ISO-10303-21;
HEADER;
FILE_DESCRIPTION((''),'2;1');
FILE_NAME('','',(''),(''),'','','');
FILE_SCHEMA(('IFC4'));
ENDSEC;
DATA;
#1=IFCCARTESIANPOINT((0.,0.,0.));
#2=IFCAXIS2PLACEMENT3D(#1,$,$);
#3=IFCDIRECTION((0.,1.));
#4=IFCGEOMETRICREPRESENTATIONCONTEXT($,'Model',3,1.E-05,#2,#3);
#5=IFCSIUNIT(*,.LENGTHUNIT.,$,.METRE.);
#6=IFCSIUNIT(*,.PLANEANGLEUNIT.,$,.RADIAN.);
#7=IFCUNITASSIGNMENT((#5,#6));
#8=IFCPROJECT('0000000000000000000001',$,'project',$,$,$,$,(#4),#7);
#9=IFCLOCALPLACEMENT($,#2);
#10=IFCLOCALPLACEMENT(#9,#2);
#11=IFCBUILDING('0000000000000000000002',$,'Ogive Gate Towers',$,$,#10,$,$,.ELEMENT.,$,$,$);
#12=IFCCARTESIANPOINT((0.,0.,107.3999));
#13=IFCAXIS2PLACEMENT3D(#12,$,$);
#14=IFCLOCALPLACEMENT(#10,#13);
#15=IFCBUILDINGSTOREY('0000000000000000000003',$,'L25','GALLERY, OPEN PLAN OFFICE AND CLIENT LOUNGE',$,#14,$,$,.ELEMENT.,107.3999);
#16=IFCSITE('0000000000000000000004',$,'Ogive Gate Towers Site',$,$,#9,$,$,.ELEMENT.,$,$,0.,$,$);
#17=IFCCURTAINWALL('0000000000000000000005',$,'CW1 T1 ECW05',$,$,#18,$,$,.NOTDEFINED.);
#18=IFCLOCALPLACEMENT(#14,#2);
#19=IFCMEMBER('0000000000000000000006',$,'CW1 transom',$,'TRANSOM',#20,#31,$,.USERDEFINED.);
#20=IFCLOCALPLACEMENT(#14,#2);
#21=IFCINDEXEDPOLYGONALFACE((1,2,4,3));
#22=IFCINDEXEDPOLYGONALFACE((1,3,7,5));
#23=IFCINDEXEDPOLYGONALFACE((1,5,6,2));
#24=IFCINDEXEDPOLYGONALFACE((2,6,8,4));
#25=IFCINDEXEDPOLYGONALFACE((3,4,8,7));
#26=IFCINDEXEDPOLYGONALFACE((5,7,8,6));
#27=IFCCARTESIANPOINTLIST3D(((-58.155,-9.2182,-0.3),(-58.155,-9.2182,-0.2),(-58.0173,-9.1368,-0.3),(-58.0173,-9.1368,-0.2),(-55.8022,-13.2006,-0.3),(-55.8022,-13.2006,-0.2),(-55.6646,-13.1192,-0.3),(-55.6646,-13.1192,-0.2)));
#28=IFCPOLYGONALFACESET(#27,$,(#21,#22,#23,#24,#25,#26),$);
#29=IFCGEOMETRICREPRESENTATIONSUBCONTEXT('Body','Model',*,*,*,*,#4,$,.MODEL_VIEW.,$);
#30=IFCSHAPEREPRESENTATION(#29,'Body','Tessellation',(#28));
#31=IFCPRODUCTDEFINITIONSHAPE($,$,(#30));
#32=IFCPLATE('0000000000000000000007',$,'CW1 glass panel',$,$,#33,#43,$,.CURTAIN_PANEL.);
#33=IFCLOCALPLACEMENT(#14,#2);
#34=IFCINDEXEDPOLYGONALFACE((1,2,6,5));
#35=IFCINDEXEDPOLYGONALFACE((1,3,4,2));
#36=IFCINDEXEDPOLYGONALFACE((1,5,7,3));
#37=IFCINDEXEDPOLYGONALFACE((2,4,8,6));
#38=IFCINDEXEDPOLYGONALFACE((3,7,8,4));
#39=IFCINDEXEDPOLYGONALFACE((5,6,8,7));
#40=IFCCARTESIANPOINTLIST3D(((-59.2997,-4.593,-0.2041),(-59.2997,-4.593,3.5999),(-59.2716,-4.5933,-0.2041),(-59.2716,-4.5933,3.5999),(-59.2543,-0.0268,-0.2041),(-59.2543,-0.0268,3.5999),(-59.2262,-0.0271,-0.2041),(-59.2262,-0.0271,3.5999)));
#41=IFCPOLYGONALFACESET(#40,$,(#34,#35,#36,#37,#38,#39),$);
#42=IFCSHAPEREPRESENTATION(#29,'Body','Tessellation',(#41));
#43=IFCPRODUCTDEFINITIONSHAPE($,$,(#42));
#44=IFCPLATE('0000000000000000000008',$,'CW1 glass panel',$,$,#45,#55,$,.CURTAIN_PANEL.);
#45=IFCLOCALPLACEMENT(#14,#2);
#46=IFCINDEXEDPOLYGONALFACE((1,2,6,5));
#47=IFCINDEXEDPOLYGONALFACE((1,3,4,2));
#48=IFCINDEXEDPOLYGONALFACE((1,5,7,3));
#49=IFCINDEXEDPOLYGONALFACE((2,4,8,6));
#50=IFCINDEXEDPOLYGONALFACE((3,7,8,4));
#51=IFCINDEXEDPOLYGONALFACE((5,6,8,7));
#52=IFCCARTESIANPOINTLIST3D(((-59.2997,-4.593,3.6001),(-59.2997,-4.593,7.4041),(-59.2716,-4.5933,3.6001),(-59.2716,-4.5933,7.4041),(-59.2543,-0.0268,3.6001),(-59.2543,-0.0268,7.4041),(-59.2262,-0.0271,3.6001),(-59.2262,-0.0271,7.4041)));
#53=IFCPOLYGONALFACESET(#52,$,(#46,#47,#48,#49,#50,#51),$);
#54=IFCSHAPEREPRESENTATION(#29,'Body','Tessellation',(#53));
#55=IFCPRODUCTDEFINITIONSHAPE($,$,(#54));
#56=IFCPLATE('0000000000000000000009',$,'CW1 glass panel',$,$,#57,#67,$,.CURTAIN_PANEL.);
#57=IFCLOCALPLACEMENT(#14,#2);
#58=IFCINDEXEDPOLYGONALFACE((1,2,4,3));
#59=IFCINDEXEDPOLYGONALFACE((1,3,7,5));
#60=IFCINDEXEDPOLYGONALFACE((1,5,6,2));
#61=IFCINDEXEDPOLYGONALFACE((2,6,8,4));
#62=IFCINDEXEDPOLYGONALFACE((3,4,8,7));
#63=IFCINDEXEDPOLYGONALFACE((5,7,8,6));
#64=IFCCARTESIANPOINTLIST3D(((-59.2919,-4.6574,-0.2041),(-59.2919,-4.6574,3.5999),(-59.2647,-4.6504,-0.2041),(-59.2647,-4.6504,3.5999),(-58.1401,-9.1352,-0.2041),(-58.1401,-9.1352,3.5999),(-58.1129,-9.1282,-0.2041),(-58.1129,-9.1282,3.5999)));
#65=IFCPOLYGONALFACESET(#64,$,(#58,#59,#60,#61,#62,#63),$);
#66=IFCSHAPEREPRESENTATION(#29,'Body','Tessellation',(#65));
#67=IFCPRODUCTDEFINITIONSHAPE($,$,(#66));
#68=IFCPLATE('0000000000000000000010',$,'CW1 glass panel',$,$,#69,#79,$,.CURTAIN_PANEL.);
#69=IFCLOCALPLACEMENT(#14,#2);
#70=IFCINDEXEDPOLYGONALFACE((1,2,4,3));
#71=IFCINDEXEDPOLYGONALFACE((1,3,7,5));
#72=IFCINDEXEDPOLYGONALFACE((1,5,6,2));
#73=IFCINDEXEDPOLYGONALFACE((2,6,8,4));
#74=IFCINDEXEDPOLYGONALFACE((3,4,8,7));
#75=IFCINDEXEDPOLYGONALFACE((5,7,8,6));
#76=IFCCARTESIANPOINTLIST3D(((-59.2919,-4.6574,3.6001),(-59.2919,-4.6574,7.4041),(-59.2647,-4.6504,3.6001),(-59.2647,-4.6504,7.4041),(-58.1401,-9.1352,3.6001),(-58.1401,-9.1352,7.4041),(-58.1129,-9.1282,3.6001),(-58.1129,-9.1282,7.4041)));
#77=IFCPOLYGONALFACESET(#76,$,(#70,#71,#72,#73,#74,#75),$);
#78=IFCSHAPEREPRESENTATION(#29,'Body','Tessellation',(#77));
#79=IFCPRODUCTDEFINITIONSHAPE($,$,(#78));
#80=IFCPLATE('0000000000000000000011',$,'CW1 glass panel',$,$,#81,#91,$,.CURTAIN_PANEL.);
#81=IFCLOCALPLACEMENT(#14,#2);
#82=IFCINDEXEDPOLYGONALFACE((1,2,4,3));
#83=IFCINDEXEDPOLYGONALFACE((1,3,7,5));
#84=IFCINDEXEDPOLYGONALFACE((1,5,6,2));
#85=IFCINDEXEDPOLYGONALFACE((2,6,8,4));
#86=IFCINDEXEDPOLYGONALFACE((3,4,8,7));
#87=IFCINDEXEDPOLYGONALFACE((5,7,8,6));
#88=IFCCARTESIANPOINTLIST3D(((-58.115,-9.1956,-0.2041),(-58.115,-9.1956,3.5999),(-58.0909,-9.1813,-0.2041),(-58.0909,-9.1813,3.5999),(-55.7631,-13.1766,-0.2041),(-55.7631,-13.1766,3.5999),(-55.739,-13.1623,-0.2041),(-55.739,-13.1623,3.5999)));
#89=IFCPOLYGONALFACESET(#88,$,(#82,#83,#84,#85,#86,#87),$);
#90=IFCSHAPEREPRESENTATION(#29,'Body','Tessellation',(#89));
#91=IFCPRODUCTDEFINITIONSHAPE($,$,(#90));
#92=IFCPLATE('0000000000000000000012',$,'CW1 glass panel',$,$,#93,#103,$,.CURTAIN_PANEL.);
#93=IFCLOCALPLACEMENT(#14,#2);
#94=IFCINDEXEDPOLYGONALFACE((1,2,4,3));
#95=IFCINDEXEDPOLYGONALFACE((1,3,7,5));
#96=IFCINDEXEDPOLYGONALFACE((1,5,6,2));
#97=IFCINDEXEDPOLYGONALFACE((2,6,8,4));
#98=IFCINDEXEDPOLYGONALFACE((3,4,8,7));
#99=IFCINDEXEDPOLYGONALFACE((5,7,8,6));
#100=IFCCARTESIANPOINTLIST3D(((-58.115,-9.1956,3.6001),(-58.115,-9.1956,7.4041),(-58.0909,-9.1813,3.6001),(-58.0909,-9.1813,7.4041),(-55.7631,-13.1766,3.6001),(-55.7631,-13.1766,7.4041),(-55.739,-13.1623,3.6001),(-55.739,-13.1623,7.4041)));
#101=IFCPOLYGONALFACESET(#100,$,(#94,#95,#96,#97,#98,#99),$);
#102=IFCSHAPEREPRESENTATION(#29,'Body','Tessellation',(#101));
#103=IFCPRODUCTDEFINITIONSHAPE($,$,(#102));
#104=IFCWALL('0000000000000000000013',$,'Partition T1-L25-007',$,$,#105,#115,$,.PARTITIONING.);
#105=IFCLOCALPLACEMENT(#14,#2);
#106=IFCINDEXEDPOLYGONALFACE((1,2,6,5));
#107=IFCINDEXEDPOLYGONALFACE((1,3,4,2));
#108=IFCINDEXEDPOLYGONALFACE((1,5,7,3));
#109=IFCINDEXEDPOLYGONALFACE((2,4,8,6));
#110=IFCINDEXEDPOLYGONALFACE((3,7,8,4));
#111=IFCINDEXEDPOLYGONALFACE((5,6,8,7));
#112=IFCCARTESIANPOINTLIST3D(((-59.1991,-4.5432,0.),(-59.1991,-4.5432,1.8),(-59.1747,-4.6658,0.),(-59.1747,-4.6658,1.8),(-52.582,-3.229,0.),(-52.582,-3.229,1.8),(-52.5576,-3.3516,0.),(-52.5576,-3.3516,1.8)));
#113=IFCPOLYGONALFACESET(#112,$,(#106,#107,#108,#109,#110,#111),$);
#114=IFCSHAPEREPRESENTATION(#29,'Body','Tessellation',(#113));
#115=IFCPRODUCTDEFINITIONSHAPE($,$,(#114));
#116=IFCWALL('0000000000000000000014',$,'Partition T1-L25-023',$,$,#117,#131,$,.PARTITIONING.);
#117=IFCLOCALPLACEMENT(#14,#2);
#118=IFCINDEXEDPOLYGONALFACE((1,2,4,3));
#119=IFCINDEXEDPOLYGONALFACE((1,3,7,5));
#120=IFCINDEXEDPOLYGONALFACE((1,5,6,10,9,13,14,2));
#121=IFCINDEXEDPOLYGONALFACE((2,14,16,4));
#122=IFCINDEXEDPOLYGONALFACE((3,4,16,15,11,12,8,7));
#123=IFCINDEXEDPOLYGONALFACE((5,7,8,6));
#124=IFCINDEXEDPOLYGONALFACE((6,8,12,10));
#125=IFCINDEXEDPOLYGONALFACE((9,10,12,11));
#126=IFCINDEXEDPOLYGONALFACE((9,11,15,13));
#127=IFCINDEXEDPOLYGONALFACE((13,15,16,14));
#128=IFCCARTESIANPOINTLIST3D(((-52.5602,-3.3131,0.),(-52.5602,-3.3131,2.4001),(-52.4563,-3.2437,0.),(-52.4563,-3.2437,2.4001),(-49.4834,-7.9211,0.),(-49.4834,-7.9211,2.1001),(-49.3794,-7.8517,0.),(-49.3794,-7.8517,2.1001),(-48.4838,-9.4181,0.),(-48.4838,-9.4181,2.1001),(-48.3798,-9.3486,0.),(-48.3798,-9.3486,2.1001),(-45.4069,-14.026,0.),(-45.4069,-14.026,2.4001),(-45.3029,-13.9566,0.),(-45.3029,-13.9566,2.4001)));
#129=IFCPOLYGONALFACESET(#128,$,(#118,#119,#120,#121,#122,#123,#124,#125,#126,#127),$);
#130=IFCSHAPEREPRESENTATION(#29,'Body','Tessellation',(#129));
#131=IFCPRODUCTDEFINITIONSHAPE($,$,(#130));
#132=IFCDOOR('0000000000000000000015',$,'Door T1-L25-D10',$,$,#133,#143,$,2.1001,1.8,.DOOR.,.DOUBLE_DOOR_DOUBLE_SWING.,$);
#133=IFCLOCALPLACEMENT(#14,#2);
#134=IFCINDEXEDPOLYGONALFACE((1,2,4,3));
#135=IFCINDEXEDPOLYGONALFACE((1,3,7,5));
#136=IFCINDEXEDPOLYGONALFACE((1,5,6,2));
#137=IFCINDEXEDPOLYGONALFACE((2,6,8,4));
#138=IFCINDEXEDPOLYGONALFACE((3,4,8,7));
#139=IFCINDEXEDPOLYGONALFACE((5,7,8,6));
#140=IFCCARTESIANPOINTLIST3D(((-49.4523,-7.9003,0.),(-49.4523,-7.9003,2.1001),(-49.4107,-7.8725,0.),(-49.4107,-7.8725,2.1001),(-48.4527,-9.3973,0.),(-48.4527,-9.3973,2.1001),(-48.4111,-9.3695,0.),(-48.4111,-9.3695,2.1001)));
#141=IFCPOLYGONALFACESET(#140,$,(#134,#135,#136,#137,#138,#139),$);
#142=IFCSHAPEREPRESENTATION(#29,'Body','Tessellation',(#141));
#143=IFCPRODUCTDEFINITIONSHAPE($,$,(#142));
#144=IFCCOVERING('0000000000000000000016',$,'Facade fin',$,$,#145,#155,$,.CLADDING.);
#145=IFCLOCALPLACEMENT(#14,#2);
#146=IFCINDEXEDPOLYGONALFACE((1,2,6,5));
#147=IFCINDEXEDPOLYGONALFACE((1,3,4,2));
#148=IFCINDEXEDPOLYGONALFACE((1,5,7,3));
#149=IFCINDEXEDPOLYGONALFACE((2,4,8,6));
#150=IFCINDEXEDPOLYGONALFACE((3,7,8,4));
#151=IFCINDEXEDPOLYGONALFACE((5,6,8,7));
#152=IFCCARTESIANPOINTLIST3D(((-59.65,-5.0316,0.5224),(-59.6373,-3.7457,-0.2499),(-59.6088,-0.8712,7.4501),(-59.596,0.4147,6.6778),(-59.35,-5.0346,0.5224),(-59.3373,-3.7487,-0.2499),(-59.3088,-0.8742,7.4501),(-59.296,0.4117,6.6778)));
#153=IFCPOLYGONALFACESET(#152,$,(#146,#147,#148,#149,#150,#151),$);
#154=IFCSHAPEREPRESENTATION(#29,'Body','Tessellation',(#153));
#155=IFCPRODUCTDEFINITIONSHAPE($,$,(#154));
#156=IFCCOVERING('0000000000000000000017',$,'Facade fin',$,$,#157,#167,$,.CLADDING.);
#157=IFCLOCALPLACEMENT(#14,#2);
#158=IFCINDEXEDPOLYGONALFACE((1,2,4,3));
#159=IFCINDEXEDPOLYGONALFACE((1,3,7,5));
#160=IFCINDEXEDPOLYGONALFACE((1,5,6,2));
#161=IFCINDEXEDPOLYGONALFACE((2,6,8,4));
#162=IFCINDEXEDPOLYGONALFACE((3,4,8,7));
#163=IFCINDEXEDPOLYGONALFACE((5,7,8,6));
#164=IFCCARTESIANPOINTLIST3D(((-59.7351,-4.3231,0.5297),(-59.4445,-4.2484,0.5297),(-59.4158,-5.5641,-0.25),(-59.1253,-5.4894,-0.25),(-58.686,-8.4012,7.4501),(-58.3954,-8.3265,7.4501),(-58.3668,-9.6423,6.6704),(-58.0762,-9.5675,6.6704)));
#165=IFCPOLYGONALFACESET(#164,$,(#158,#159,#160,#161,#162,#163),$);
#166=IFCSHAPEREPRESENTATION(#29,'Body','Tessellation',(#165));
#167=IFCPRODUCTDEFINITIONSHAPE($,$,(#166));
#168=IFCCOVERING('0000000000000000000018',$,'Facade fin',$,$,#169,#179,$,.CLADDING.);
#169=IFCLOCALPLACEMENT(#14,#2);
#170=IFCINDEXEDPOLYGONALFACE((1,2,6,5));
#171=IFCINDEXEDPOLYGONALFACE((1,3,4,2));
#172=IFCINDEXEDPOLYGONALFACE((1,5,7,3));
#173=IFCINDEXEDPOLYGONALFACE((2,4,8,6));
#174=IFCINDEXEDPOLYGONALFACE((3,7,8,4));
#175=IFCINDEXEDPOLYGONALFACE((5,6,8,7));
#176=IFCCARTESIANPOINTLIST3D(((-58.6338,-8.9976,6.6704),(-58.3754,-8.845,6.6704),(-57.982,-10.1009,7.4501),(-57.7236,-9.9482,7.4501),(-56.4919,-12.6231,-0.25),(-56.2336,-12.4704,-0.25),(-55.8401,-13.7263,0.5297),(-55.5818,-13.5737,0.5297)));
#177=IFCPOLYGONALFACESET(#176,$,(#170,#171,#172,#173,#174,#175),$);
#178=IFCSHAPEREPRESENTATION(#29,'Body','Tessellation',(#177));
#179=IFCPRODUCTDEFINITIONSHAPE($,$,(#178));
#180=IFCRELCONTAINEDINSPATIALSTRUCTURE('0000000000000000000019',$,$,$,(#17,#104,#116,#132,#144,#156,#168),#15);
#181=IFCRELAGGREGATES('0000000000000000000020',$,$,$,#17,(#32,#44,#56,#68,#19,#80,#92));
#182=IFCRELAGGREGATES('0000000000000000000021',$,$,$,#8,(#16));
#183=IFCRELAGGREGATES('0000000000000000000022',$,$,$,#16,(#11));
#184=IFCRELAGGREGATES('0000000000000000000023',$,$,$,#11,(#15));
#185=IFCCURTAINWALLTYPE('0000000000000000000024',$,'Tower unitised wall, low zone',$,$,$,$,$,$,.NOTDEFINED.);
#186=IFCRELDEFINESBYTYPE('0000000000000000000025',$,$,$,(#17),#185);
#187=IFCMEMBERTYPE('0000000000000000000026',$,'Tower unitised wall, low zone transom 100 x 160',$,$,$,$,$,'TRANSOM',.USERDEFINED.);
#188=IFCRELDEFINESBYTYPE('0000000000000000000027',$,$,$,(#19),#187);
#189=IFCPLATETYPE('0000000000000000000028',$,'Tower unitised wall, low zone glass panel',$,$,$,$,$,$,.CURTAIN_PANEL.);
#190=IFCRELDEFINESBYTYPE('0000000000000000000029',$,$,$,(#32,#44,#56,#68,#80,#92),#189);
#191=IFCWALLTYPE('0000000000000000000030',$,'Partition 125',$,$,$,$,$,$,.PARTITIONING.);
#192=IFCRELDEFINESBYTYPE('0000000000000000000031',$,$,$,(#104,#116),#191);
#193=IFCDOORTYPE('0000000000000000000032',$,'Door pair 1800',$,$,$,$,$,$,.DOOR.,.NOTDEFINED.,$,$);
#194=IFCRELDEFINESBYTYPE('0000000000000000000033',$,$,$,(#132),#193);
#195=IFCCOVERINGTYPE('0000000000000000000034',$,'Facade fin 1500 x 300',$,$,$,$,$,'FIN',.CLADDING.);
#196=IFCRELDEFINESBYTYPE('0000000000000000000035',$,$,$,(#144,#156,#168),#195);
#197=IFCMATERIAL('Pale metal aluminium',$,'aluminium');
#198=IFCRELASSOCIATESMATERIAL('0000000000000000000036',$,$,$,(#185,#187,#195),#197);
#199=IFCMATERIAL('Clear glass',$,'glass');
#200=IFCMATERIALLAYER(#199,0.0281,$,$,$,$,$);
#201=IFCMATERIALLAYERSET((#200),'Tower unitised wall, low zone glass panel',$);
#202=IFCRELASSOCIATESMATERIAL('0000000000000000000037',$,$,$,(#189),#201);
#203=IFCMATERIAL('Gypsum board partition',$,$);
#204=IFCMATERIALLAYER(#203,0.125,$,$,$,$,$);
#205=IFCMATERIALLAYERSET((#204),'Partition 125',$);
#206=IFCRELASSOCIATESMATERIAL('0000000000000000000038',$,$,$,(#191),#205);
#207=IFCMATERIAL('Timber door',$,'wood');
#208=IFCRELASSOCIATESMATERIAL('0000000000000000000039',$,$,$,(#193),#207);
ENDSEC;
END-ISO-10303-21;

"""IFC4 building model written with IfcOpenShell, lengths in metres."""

from ifc_helpers import new_model, si_unit, direction, frame, frame_2d, origin, origin_2d, place, context, subcontext, project, spatial, rectangle, extrude, material, layer, layer_set, material_profile, profile_set, type_object, element, fill, aggregate, save


model = new_model("IFC4")

# Units and contexts
model_context = context("Model", 3, precision=1e-05, world=origin(), true_north=direction((0.0, 1.0)))
body_context = subcontext(model_context, "Body", "Model", "MODEL_VIEW")
ifc_project = project(units=[si_unit("LENGTHUNIT", "METRE"), si_unit("PLANEANGLEUNIT", "RADIAN")], contexts=[model_context])

# Site, building, storey
site_placement = place(None, origin())
site = spatial("IfcSite", under=ifc_project, at=site_placement, Name="Ogive Gate Towers Site", CompositionType="ELEMENT", RefElevation=0.0)
building_placement = place(site_placement, origin())
building = spatial("IfcBuilding", under=site, at=building_placement, Name="Ogive Gate Towers", CompositionType="ELEMENT")
storey_placement = place(building_placement, frame((0.0, 0.0, 107.3999)))
storey = spatial("IfcBuildingStorey", under=building, at=storey_placement, Name="L25", Description="GALLERY, OPEN PLAN OFFICE AND CLIENT LOUNGE", CompositionType="ELEMENT", Elevation=107.3999)

# Curtain wall, member, plates
ifc_material_1 = material(Name="Pale metal aluminium", Category="aluminium")
curtain_wall_type = type_object("IfcCurtainWallType", Name="Tower unitised wall, low zone", PredefinedType="NOTDEFINED", material=ifc_material_1)
curtain_wall_placement = place(storey_placement, origin())
curtain_wall = element("IfcCurtainWall", 1, at=curtain_wall_placement, inside=storey, type_object=curtain_wall_type, Name="CW1 T1 ECW05", PredefinedType="NOTDEFINED")
ifc_material_profile_1 = material_profile(ifc_material_1, rectangle(XDim=0.1599, YDim=0.1001, at=origin_2d()), Name="100 x 160 aluminium box")
ifc_profile_set_1 = profile_set([ifc_material_profile_1], Name="Pale metal aluminium")
member_type_1 = type_object("IfcMemberType", Name="Tower unitised wall, low zone transom 100 x 160", ElementType="TRANSOM", PredefinedType="USERDEFINED", material=ifc_profile_set_1)
member_1_placement = place(storey_placement, frame((-58.0862, -9.1775, -0.25), z_axis=(0.508655, -0.860971, 0.0), x_axis=(0.860971, 0.508655, 0.0)))
member_1 = element("IfcMember", 2, at=member_1_placement, type_object=member_type_1, Name="CW1 transom", ObjectType="TRANSOM", PredefinedType="USERDEFINED", context=body_context, shape_type="SweptSolid", body=[
    extrude(rectangle(XDim=0.1599, YDim=0.1001, at=origin_2d()), origin(), (0.0, 0.0, 1.0), 4.6255),
])
ifc_material_2 = material(Name="Clear glass", Category="glass")
ifc_layer_1 = layer(ifc_material_2, 0.0281)
ifc_layer_set_1 = layer_set([ifc_layer_1], Name="Tower unitised wall, low zone glass panel")
plate_type = type_object("IfcPlateType", Name="Tower unitised wall, low zone glass panel", PredefinedType="CURTAIN_PANEL", material=ifc_layer_set_1)
plate_1_placement = place(storey_placement, frame((-59.2629, -2.3101, -0.2041), z_axis=(0.0, 0.0, 1.0), x_axis=(-0.009931, -0.999951, 0.0)))
plate_1 = element("IfcPlate", 3, at=plate_1_placement, type_object=plate_type, Name="CW1 glass panel", PredefinedType="CURTAIN_PANEL", context=body_context, shape_type="SweptSolid", body=[
    extrude(rectangle(XDim=4.5664, YDim=0.0281, at=origin_2d()), origin(), (0.0, 0.0, 1.0), 3.804),
])
plate_2_placement = place(storey_placement, frame((-59.2629, -2.3101, 3.6001), z_axis=(0.0, 0.0, 1.0), x_axis=(-0.009931, -0.999951, 0.0)))
plate_2 = element("IfcPlate", 4, at=plate_2_placement, type_object=plate_type, Name="CW1 glass panel", PredefinedType="CURTAIN_PANEL", context=body_context, shape_type="SweptSolid", body=[
    extrude(rectangle(XDim=4.5664, YDim=0.0281, at=origin_2d()), origin(), (0.0, 0.0, 1.0), 3.804),
])
plate_3_placement = place(storey_placement, frame((-58.7024, -6.8928, -0.2041), z_axis=(0.0, 0.0, 1.0), x_axis=(0.249129, -0.96847, 0.0)))
plate_3 = element("IfcPlate", 5, at=plate_3_placement, type_object=plate_type, Name="CW1 glass panel", PredefinedType="CURTAIN_PANEL", context=body_context, shape_type="SweptSolid", body=[
    extrude(rectangle(XDim=4.6235, YDim=0.0281, at=origin_2d()), origin(), (0.0, 0.0, 1.0), 3.804),
])
plate_4_placement = place(storey_placement, frame((-58.7024, -6.8928, 3.6001), z_axis=(0.0, 0.0, 1.0), x_axis=(0.249129, -0.96847, 0.0)))
plate_4 = element("IfcPlate", 6, at=plate_4_placement, type_object=plate_type, Name="CW1 glass panel", PredefinedType="CURTAIN_PANEL", context=body_context, shape_type="SweptSolid", body=[
    extrude(rectangle(XDim=4.6235, YDim=0.0281, at=origin_2d()), origin(), (0.0, 0.0, 1.0), 3.804),
])
plate_5_placement = place(storey_placement, frame((-56.927, -11.179, -0.2041), z_axis=(0.0, 0.0, 1.0), x_axis=(0.508651, -0.860973, 0.0)))
plate_5 = element("IfcPlate", 7, at=plate_5_placement, type_object=plate_type, Name="CW1 glass panel", PredefinedType="CURTAIN_PANEL", context=body_context, shape_type="SweptSolid", body=[
    extrude(rectangle(XDim=4.6238, YDim=0.0281, at=origin_2d()), origin(), (0.0, 0.0, 1.0), 3.804),
])
plate_6_placement = place(storey_placement, frame((-56.927, -11.179, 3.6001), z_axis=(0.0, 0.0, 1.0), x_axis=(0.508651, -0.860973, 0.0)))
plate_6 = element("IfcPlate", 8, at=plate_6_placement, type_object=plate_type, Name="CW1 glass panel", PredefinedType="CURTAIN_PANEL", context=body_context, shape_type="SweptSolid", body=[
    extrude(rectangle(XDim=4.6238, YDim=0.0281, at=origin_2d()), origin(), (0.0, 0.0, 1.0), 3.804),
])
aggregate(curtain_wall, [plate_1, plate_2, plate_3, plate_4, member_1, plate_5, plate_6])

# Wall
ifc_material_3 = material(Name="Gypsum board partition")
ifc_layer_2 = layer(ifc_material_3, 0.125)
ifc_layer_set_2 = layer_set([ifc_layer_2], Name="Partition 125")
wall_type = type_object("IfcWallType", Name="Partition 125", PredefinedType="PARTITIONING", material=ifc_layer_set_2)
wall_1_placement = place(storey_placement, frame((-59.1868, -4.6045, 0.0), z_axis=(0.0, 0.0, 1.0), x_axis=(0.980843, 0.194801, 0.0)))
element("IfcWall", 9, at=wall_1_placement, inside=storey, type_object=wall_type, Name="Partition T1-L25-007", PredefinedType="PARTITIONING", context=body_context, shape_type="SweptSolid", body=[
    extrude(rectangle(XDim=6.7463, YDim=0.125, at=frame_2d((3.373, 0.0))), origin(), (0.0, 0.0, 1.0), 1.8),
])

# Wall, opening, door
wall_2_placement = place(storey_placement, frame((-52.5083, -3.2783, 0.0), z_axis=(0.0, 0.0, 1.0), x_axis=(0.555312, -0.831642, 0.0)))
wall_2 = element("IfcWall", 10, at=wall_2_placement, inside=storey, type_object=wall_type, Name="Partition T1-L25-023", PredefinedType="PARTITIONING", context=body_context, shape_type="SweptSolid", body=[
    extrude(rectangle(XDim=12.8816, YDim=0.125, at=frame_2d((6.4409, 0.0))), origin(), (0.0, 0.0, 1.0), 2.4001),
])
opening_placement = place(wall_2_placement, frame((5.541, 0.0, 0.0)))
opening = element("IfcOpeningElement", 11, at=opening_placement, cuts=wall_2, PredefinedType="OPENING", context=body_context, shape_type="SweptSolid", body=[
    extrude(rectangle(XDim=1.8, YDim=2.1001, at=frame_2d((0.8999, 1.05))), frame((0.0, 0.0725, 0.0), z_axis=(0.0, -1.0, 0.0), x_axis=(1.0, 0.0, 0.0)), (0.0, 0.0, 1.0), 0.145),
])
ifc_material_4 = material(Name="Timber door", Category="wood")
door_type = type_object("IfcDoorType", Name="Door pair 1800", OperationType="NOTDEFINED", PredefinedType="DOOR", material=ifc_material_4)
door_placement = place(opening_placement, origin())
door = element("IfcDoor", 12, at=door_placement, inside=storey, type_object=door_type, Name="Door T1-L25-D10", OperationType="DOUBLE_DOOR_DOUBLE_SWING", OverallHeight=2.1001, OverallWidth=1.8, PredefinedType="DOOR", context=body_context, shape_type="SweptSolid", body=[
    extrude(rectangle(XDim=1.8, YDim=2.1001, at=frame_2d((0.8999, 1.05))), frame((0.0, 0.0249, 0.0), z_axis=(0.0, -1.0, 0.0), x_axis=(1.0, 0.0, 0.0)), (0.0, 0.0, 1.0), 0.05),
])
fill(opening, door)

# Coverings
ifc_material_profile_2 = material_profile(ifc_material_1, rectangle(XDim=0.3, YDim=1.5, at=origin_2d()), Name="1500 x 300 pale metal aluminium")
ifc_profile_set_2 = profile_set([ifc_material_profile_2], Name="Pale metal aluminium")
covering_type = type_object("IfcCoveringType", Name="Facade fin 1500 x 300", ElementType="FIN", PredefinedType="CLADDING", material=ifc_profile_set_2)
covering_placement = place(storey_placement, frame((-59.4937, -4.3901, 0.1362), z_axis=(0.005106, 0.514831, 0.857276), x_axis=(-0.999951, 0.009917, 0.0)))
element("IfcCovering", 13, at=covering_placement, inside=storey, type_object=covering_type, Name="Facade fin", PredefinedType="CLADDING", context=body_context, shape_type="SweptSolid", body=[
    extrude(rectangle(XDim=0.3, YDim=1.5, at=origin_2d()), origin(), (0.0, 0.0, 1.0), 8.0811),
])
for number, where, z_axis, x_axis, name in (
    (14, (-59.4302, -4.9062, 0.1399), (0.129502, -0.50342, 0.854282), (0.968469, 0.249133, 0.0), "Facade fin"),
    (15, (-56.0369, -13.0984, 0.1399), (-0.264398, 0.447544, 0.854282), (-0.860977, -0.508643, 0.0), "Facade fin"),
):
    element("IfcCovering", number, at=place(storey_placement, frame(where, z_axis=z_axis, x_axis=x_axis)), inside=storey, type_object=covering_type, Name=name, PredefinedType="CLADDING", context=body_context, shape_type="SweptSolid", body=[
        extrude(rectangle(XDim=0.3, YDim=1.5, at=origin_2d()), origin(), (0.0, 0.0, 1.0), 8.1008),
    ])

save(model, "model.ifc")
